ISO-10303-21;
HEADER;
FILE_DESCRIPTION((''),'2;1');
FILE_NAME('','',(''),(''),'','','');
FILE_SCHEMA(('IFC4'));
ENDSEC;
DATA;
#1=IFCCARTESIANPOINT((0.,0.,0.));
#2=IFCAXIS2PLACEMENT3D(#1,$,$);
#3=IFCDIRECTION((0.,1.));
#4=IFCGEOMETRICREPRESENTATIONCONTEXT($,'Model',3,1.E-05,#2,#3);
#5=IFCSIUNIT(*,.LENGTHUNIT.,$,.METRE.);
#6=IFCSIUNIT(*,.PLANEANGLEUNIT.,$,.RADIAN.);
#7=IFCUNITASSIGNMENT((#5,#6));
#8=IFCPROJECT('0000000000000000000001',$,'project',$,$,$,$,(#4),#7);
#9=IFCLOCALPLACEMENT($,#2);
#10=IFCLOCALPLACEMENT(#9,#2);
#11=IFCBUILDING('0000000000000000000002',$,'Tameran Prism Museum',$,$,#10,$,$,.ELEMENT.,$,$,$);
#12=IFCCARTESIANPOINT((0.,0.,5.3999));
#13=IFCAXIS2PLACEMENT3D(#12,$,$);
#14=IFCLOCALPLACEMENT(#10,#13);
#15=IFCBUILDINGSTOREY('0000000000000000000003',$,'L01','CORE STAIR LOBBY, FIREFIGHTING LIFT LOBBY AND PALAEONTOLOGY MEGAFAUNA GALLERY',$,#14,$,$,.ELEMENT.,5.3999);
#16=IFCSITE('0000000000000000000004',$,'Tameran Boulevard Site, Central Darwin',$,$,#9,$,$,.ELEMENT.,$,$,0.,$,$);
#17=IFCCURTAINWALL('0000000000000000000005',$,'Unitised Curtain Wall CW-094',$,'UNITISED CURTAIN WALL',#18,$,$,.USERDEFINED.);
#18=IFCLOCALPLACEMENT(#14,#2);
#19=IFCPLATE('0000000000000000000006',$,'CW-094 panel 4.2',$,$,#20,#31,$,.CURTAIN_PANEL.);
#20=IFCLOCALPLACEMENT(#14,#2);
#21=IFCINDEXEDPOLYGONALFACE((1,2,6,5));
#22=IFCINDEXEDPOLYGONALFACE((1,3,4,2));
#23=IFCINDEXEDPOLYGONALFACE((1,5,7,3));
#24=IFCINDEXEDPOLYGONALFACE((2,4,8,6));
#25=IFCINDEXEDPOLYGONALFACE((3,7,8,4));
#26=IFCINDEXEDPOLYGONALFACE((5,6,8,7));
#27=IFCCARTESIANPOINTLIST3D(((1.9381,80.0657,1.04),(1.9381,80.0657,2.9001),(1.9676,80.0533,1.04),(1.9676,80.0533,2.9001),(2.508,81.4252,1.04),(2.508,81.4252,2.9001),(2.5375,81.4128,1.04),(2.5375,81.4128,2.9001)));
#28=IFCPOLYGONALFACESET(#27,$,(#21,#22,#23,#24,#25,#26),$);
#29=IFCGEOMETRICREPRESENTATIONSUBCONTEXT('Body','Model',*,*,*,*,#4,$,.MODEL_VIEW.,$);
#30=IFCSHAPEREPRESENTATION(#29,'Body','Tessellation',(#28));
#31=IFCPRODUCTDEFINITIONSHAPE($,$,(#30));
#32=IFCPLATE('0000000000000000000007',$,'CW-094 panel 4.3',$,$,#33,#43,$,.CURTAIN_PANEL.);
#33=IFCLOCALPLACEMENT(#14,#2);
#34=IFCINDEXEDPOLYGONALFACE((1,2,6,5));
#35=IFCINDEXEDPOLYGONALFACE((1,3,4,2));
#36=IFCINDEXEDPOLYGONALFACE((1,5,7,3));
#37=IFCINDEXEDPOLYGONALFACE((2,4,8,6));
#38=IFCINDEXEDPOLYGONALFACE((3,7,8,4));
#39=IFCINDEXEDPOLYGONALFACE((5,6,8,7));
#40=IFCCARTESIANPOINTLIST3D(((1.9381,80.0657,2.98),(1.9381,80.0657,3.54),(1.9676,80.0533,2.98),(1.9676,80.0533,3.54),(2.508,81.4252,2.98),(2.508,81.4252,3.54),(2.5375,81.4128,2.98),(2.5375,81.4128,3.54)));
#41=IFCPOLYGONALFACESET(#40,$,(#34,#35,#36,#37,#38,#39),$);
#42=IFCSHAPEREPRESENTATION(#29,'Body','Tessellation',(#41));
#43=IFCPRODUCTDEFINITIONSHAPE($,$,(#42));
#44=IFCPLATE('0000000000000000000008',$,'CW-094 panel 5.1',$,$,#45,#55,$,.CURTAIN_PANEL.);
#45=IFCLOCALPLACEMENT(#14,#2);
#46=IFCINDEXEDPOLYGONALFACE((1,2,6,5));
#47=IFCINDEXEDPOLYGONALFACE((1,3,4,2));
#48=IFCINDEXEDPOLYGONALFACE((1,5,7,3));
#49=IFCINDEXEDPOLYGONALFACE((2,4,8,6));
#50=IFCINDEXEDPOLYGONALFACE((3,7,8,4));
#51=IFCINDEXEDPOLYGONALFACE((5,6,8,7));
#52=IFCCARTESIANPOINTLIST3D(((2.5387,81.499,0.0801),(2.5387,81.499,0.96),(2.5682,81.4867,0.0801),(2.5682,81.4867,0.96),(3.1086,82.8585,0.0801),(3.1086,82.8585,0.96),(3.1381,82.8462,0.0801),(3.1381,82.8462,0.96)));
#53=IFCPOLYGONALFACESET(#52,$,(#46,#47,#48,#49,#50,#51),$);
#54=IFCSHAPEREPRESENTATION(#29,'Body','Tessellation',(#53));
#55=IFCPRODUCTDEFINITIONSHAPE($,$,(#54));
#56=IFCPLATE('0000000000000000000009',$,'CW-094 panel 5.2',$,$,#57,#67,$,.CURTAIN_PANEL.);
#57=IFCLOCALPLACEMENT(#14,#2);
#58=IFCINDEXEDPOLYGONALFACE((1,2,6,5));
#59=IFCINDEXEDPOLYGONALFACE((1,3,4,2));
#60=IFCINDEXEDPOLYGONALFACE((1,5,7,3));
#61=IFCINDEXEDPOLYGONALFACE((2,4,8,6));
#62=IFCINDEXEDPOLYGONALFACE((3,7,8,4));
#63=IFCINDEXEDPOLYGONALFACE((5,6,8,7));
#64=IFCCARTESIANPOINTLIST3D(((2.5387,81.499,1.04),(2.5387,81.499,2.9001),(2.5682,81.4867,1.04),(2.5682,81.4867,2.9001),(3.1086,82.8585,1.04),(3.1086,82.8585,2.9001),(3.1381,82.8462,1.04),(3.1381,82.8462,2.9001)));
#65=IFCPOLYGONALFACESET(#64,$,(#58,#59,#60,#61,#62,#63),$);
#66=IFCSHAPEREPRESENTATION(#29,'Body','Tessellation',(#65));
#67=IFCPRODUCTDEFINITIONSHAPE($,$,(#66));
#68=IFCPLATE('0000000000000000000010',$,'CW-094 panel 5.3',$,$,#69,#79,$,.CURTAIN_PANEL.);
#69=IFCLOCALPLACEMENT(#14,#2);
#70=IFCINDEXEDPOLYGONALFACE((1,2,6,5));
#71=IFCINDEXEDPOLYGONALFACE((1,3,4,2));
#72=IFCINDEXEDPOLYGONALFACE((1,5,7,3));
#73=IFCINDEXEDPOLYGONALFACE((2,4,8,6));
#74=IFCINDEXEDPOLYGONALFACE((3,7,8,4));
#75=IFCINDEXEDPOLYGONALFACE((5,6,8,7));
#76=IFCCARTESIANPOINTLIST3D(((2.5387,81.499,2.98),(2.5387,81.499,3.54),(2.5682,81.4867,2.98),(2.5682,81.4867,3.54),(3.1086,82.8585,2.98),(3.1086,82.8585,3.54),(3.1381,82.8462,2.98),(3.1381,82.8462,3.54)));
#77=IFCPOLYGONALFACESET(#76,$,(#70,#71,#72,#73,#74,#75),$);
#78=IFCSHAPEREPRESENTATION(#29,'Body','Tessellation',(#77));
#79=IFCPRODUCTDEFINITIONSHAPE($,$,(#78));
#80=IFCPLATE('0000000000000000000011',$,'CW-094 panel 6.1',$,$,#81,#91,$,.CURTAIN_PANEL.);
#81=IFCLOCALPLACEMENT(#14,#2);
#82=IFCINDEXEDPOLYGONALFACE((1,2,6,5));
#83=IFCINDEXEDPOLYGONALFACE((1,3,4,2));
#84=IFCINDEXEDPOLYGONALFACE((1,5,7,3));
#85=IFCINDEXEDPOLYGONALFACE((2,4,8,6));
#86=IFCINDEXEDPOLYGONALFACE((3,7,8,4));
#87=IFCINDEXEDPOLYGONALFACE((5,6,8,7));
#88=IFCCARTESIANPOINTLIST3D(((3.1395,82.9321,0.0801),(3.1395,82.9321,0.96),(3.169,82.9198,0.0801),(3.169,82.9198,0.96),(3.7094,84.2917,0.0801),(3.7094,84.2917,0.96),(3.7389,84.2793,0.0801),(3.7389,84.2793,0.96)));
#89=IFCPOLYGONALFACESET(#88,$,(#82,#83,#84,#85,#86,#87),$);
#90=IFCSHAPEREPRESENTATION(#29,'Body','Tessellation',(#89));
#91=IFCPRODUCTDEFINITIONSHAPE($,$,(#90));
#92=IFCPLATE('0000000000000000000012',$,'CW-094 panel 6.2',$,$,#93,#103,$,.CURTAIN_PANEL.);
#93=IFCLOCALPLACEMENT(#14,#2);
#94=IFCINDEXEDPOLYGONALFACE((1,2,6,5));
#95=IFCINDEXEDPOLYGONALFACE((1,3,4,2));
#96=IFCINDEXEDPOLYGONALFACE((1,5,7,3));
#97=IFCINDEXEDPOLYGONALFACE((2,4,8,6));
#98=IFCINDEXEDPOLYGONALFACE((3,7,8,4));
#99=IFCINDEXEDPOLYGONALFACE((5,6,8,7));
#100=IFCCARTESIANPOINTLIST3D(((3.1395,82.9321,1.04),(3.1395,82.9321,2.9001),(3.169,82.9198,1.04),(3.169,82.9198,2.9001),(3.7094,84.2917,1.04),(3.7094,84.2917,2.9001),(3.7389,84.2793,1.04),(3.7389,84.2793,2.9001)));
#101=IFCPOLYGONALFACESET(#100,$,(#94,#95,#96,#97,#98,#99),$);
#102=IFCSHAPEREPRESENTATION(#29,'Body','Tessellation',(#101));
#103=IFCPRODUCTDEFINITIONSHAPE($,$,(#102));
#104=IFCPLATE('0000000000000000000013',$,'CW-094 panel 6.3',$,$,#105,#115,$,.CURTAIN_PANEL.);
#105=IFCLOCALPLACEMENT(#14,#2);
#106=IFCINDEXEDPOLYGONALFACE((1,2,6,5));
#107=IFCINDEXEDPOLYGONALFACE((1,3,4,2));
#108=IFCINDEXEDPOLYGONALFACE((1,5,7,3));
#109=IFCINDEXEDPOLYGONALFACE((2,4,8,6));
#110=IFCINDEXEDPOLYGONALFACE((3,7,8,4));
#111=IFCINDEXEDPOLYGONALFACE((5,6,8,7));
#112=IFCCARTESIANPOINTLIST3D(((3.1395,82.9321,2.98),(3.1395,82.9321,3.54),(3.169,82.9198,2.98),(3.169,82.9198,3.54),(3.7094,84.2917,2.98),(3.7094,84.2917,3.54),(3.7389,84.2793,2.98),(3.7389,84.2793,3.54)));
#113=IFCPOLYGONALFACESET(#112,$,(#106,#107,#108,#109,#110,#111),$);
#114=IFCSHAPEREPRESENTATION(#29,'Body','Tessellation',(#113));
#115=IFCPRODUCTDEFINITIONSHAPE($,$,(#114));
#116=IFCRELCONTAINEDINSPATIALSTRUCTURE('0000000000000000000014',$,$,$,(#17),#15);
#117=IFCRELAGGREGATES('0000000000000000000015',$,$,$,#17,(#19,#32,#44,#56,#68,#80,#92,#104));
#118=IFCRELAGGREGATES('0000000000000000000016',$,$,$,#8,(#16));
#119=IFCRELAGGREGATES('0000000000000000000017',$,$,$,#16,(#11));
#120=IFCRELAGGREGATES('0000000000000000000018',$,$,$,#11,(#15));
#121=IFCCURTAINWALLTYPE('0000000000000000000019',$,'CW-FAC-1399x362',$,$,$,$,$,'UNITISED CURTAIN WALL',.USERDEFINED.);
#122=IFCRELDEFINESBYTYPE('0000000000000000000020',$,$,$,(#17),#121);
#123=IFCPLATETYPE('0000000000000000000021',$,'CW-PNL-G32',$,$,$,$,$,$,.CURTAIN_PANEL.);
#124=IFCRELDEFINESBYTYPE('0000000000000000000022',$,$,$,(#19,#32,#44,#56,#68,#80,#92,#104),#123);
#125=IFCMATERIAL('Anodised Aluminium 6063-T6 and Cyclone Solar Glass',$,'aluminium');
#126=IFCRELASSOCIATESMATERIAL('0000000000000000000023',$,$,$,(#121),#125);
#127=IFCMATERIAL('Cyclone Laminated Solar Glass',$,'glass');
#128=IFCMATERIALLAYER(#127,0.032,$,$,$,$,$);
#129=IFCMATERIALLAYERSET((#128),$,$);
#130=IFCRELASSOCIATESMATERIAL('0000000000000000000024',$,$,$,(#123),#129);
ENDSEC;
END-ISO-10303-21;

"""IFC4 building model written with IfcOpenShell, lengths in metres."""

from ifc_helpers import new_model, si_unit, direction, frame, origin, origin_2d, place, context, subcontext, project, spatial, rectangle, extrude, material, layer, layer_set, type_object, element, aggregate, save


model = new_model("IFC4")

# Units and contexts
model_context = context("Model", 3, precision=1e-05, world=origin(), true_north=direction((0.0, 1.0)))
body_context = subcontext(model_context, "Body", "Model", "MODEL_VIEW")
ifc_project = project(units=[si_unit("LENGTHUNIT", "METRE"), si_unit("PLANEANGLEUNIT", "RADIAN")], contexts=[model_context])

# Site, building, storey
site_placement = place(None, origin())
site = spatial("IfcSite", under=ifc_project, at=site_placement, Name="Tameran Boulevard Site, Central Darwin", CompositionType="ELEMENT", RefElevation=0.0)
building_placement = place(site_placement, origin())
building = spatial("IfcBuilding", under=site, at=building_placement, Name="Tameran Prism Museum", CompositionType="ELEMENT")
storey_placement = place(building_placement, frame((0.0, 0.0, 5.3999)))
storey = spatial("IfcBuildingStorey", under=building, at=storey_placement, Name="L01", Description="CORE STAIR LOBBY, FIREFIGHTING LIFT LOBBY AND PALAEONTOLOGY MEGAFAUNA GALLERY", CompositionType="ELEMENT", Elevation=5.3999)

# Curtain wall, plates
ifc_material_1 = material(Name="Anodised Aluminium 6063-T6 and Cyclone Solar Glass", Category="aluminium")
curtain_wall_type = type_object("IfcCurtainWallType", Name="CW-FAC-1399x362", ElementType="UNITISED CURTAIN WALL", PredefinedType="USERDEFINED", material=ifc_material_1)
curtain_wall_placement = place(storey_placement, origin())
curtain_wall = element("IfcCurtainWall", 1, at=curtain_wall_placement, inside=storey, type_object=curtain_wall_type, Name="Unitised Curtain Wall CW-094", ObjectType="UNITISED CURTAIN WALL", PredefinedType="USERDEFINED")
ifc_material_2 = material(Name="Cyclone Laminated Solar Glass", Category="glass")
ifc_layer = layer(ifc_material_2, 0.032)
ifc_layer_set = layer_set([ifc_layer])
plate_type = type_object("IfcPlateType", Name="CW-PNL-G32", PredefinedType="CURTAIN_PANEL", material=ifc_layer_set)
plate_1_placement = place(storey_placement, frame((2.2378, 80.7393, 1.04), z_axis=(0.0, 0.0, 1.0), x_axis=(0.386589, 0.922252, 0.0)))
plate_1 = element("IfcPlate", 2, at=plate_1_placement, type_object=plate_type, Name="CW-094 panel 4.2", PredefinedType="CURTAIN_PANEL", context=body_context, shape_type="SweptSolid", body=[
    extrude(rectangle(XDim=1.4741, YDim=0.032, at=origin_2d()), origin(), (0.0, 0.0, 1.0), 1.8601),
])
plate_2_placement = place(storey_placement, frame((2.2378, 80.7393, 2.98), z_axis=(0.0, 0.0, 1.0), x_axis=(0.386589, 0.922252, 0.0)))
plate_2 = element("IfcPlate", 3, at=plate_2_placement, type_object=plate_type, Name="CW-094 panel 4.3", PredefinedType="CURTAIN_PANEL", context=body_context, shape_type="SweptSolid", body=[
    extrude(rectangle(XDim=1.4741, YDim=0.032, at=origin_2d()), origin(), (0.0, 0.0, 1.0), 0.5601),
])
plate_3_placement = place(storey_placement, frame((2.8384, 82.1726, 0.0801), z_axis=(0.0, 0.0, 1.0), x_axis=(0.386589, 0.922252, 0.0)))
plate_3 = element("IfcPlate", 4, at=plate_3_placement, type_object=plate_type, Name="CW-094 panel 5.1", PredefinedType="CURTAIN_PANEL", context=body_context, shape_type="SweptSolid", body=[
    extrude(rectangle(XDim=1.4741, YDim=0.032, at=origin_2d()), origin(), (0.0, 0.0, 1.0), 0.8799),
])
plate_4_placement = place(storey_placement, frame((2.8384, 82.1726, 1.04), z_axis=(0.0, 0.0, 1.0), x_axis=(0.386589, 0.922252, 0.0)))
plate_4 = element("IfcPlate", 5, at=plate_4_placement, type_object=plate_type, Name="CW-094 panel 5.2", PredefinedType="CURTAIN_PANEL", context=body_context, shape_type="SweptSolid", body=[
    extrude(rectangle(XDim=1.4741, YDim=0.032, at=origin_2d()), origin(), (0.0, 0.0, 1.0), 1.8601),
])
plate_5_placement = place(storey_placement, frame((2.8384, 82.1726, 2.98), z_axis=(0.0, 0.0, 1.0), x_axis=(0.386589, 0.922252, 0.0)))
plate_5 = element("IfcPlate", 6, at=plate_5_placement, type_object=plate_type, Name="CW-094 panel 5.3", PredefinedType="CURTAIN_PANEL", context=body_context, shape_type="SweptSolid", body=[
    extrude(rectangle(XDim=1.4741, YDim=0.032, at=origin_2d()), origin(), (0.0, 0.0, 1.0), 0.5601),
])
plate_6_placement = place(storey_placement, frame((3.4392, 83.6057, 0.0801), z_axis=(0.0, 0.0, 1.0), x_axis=(0.386589, 0.922252, 0.0)))
plate_6 = element("IfcPlate", 7, at=plate_6_placement, type_object=plate_type, Name="CW-094 panel 6.1", PredefinedType="CURTAIN_PANEL", context=body_context, shape_type="SweptSolid", body=[
    extrude(rectangle(XDim=1.4741, YDim=0.032, at=origin_2d()), origin(), (0.0, 0.0, 1.0), 0.8799),
])
plate_7_placement = place(storey_placement, frame((3.4392, 83.6057, 1.04), z_axis=(0.0, 0.0, 1.0), x_axis=(0.386589, 0.922252, 0.0)))
plate_7 = element("IfcPlate", 8, at=plate_7_placement, type_object=plate_type, Name="CW-094 panel 6.2", PredefinedType="CURTAIN_PANEL", context=body_context, shape_type="SweptSolid", body=[
    extrude(rectangle(XDim=1.4741, YDim=0.032, at=origin_2d()), origin(), (0.0, 0.0, 1.0), 1.8601),
])
plate_8_placement = place(storey_placement, frame((3.4392, 83.6057, 2.98), z_axis=(0.0, 0.0, 1.0), x_axis=(0.386589, 0.922252, 0.0)))
plate_8 = element("IfcPlate", 9, at=plate_8_placement, type_object=plate_type, Name="CW-094 panel 6.3", PredefinedType="CURTAIN_PANEL", context=body_context, shape_type="SweptSolid", body=[
    extrude(rectangle(XDim=1.4741, YDim=0.032, at=origin_2d()), origin(), (0.0, 0.0, 1.0), 0.5601),
])
aggregate(curtain_wall, [plate_1, plate_2, plate_3, plate_4, plate_5, plate_6, plate_7, plate_8])

save(model, "model.ifc")
